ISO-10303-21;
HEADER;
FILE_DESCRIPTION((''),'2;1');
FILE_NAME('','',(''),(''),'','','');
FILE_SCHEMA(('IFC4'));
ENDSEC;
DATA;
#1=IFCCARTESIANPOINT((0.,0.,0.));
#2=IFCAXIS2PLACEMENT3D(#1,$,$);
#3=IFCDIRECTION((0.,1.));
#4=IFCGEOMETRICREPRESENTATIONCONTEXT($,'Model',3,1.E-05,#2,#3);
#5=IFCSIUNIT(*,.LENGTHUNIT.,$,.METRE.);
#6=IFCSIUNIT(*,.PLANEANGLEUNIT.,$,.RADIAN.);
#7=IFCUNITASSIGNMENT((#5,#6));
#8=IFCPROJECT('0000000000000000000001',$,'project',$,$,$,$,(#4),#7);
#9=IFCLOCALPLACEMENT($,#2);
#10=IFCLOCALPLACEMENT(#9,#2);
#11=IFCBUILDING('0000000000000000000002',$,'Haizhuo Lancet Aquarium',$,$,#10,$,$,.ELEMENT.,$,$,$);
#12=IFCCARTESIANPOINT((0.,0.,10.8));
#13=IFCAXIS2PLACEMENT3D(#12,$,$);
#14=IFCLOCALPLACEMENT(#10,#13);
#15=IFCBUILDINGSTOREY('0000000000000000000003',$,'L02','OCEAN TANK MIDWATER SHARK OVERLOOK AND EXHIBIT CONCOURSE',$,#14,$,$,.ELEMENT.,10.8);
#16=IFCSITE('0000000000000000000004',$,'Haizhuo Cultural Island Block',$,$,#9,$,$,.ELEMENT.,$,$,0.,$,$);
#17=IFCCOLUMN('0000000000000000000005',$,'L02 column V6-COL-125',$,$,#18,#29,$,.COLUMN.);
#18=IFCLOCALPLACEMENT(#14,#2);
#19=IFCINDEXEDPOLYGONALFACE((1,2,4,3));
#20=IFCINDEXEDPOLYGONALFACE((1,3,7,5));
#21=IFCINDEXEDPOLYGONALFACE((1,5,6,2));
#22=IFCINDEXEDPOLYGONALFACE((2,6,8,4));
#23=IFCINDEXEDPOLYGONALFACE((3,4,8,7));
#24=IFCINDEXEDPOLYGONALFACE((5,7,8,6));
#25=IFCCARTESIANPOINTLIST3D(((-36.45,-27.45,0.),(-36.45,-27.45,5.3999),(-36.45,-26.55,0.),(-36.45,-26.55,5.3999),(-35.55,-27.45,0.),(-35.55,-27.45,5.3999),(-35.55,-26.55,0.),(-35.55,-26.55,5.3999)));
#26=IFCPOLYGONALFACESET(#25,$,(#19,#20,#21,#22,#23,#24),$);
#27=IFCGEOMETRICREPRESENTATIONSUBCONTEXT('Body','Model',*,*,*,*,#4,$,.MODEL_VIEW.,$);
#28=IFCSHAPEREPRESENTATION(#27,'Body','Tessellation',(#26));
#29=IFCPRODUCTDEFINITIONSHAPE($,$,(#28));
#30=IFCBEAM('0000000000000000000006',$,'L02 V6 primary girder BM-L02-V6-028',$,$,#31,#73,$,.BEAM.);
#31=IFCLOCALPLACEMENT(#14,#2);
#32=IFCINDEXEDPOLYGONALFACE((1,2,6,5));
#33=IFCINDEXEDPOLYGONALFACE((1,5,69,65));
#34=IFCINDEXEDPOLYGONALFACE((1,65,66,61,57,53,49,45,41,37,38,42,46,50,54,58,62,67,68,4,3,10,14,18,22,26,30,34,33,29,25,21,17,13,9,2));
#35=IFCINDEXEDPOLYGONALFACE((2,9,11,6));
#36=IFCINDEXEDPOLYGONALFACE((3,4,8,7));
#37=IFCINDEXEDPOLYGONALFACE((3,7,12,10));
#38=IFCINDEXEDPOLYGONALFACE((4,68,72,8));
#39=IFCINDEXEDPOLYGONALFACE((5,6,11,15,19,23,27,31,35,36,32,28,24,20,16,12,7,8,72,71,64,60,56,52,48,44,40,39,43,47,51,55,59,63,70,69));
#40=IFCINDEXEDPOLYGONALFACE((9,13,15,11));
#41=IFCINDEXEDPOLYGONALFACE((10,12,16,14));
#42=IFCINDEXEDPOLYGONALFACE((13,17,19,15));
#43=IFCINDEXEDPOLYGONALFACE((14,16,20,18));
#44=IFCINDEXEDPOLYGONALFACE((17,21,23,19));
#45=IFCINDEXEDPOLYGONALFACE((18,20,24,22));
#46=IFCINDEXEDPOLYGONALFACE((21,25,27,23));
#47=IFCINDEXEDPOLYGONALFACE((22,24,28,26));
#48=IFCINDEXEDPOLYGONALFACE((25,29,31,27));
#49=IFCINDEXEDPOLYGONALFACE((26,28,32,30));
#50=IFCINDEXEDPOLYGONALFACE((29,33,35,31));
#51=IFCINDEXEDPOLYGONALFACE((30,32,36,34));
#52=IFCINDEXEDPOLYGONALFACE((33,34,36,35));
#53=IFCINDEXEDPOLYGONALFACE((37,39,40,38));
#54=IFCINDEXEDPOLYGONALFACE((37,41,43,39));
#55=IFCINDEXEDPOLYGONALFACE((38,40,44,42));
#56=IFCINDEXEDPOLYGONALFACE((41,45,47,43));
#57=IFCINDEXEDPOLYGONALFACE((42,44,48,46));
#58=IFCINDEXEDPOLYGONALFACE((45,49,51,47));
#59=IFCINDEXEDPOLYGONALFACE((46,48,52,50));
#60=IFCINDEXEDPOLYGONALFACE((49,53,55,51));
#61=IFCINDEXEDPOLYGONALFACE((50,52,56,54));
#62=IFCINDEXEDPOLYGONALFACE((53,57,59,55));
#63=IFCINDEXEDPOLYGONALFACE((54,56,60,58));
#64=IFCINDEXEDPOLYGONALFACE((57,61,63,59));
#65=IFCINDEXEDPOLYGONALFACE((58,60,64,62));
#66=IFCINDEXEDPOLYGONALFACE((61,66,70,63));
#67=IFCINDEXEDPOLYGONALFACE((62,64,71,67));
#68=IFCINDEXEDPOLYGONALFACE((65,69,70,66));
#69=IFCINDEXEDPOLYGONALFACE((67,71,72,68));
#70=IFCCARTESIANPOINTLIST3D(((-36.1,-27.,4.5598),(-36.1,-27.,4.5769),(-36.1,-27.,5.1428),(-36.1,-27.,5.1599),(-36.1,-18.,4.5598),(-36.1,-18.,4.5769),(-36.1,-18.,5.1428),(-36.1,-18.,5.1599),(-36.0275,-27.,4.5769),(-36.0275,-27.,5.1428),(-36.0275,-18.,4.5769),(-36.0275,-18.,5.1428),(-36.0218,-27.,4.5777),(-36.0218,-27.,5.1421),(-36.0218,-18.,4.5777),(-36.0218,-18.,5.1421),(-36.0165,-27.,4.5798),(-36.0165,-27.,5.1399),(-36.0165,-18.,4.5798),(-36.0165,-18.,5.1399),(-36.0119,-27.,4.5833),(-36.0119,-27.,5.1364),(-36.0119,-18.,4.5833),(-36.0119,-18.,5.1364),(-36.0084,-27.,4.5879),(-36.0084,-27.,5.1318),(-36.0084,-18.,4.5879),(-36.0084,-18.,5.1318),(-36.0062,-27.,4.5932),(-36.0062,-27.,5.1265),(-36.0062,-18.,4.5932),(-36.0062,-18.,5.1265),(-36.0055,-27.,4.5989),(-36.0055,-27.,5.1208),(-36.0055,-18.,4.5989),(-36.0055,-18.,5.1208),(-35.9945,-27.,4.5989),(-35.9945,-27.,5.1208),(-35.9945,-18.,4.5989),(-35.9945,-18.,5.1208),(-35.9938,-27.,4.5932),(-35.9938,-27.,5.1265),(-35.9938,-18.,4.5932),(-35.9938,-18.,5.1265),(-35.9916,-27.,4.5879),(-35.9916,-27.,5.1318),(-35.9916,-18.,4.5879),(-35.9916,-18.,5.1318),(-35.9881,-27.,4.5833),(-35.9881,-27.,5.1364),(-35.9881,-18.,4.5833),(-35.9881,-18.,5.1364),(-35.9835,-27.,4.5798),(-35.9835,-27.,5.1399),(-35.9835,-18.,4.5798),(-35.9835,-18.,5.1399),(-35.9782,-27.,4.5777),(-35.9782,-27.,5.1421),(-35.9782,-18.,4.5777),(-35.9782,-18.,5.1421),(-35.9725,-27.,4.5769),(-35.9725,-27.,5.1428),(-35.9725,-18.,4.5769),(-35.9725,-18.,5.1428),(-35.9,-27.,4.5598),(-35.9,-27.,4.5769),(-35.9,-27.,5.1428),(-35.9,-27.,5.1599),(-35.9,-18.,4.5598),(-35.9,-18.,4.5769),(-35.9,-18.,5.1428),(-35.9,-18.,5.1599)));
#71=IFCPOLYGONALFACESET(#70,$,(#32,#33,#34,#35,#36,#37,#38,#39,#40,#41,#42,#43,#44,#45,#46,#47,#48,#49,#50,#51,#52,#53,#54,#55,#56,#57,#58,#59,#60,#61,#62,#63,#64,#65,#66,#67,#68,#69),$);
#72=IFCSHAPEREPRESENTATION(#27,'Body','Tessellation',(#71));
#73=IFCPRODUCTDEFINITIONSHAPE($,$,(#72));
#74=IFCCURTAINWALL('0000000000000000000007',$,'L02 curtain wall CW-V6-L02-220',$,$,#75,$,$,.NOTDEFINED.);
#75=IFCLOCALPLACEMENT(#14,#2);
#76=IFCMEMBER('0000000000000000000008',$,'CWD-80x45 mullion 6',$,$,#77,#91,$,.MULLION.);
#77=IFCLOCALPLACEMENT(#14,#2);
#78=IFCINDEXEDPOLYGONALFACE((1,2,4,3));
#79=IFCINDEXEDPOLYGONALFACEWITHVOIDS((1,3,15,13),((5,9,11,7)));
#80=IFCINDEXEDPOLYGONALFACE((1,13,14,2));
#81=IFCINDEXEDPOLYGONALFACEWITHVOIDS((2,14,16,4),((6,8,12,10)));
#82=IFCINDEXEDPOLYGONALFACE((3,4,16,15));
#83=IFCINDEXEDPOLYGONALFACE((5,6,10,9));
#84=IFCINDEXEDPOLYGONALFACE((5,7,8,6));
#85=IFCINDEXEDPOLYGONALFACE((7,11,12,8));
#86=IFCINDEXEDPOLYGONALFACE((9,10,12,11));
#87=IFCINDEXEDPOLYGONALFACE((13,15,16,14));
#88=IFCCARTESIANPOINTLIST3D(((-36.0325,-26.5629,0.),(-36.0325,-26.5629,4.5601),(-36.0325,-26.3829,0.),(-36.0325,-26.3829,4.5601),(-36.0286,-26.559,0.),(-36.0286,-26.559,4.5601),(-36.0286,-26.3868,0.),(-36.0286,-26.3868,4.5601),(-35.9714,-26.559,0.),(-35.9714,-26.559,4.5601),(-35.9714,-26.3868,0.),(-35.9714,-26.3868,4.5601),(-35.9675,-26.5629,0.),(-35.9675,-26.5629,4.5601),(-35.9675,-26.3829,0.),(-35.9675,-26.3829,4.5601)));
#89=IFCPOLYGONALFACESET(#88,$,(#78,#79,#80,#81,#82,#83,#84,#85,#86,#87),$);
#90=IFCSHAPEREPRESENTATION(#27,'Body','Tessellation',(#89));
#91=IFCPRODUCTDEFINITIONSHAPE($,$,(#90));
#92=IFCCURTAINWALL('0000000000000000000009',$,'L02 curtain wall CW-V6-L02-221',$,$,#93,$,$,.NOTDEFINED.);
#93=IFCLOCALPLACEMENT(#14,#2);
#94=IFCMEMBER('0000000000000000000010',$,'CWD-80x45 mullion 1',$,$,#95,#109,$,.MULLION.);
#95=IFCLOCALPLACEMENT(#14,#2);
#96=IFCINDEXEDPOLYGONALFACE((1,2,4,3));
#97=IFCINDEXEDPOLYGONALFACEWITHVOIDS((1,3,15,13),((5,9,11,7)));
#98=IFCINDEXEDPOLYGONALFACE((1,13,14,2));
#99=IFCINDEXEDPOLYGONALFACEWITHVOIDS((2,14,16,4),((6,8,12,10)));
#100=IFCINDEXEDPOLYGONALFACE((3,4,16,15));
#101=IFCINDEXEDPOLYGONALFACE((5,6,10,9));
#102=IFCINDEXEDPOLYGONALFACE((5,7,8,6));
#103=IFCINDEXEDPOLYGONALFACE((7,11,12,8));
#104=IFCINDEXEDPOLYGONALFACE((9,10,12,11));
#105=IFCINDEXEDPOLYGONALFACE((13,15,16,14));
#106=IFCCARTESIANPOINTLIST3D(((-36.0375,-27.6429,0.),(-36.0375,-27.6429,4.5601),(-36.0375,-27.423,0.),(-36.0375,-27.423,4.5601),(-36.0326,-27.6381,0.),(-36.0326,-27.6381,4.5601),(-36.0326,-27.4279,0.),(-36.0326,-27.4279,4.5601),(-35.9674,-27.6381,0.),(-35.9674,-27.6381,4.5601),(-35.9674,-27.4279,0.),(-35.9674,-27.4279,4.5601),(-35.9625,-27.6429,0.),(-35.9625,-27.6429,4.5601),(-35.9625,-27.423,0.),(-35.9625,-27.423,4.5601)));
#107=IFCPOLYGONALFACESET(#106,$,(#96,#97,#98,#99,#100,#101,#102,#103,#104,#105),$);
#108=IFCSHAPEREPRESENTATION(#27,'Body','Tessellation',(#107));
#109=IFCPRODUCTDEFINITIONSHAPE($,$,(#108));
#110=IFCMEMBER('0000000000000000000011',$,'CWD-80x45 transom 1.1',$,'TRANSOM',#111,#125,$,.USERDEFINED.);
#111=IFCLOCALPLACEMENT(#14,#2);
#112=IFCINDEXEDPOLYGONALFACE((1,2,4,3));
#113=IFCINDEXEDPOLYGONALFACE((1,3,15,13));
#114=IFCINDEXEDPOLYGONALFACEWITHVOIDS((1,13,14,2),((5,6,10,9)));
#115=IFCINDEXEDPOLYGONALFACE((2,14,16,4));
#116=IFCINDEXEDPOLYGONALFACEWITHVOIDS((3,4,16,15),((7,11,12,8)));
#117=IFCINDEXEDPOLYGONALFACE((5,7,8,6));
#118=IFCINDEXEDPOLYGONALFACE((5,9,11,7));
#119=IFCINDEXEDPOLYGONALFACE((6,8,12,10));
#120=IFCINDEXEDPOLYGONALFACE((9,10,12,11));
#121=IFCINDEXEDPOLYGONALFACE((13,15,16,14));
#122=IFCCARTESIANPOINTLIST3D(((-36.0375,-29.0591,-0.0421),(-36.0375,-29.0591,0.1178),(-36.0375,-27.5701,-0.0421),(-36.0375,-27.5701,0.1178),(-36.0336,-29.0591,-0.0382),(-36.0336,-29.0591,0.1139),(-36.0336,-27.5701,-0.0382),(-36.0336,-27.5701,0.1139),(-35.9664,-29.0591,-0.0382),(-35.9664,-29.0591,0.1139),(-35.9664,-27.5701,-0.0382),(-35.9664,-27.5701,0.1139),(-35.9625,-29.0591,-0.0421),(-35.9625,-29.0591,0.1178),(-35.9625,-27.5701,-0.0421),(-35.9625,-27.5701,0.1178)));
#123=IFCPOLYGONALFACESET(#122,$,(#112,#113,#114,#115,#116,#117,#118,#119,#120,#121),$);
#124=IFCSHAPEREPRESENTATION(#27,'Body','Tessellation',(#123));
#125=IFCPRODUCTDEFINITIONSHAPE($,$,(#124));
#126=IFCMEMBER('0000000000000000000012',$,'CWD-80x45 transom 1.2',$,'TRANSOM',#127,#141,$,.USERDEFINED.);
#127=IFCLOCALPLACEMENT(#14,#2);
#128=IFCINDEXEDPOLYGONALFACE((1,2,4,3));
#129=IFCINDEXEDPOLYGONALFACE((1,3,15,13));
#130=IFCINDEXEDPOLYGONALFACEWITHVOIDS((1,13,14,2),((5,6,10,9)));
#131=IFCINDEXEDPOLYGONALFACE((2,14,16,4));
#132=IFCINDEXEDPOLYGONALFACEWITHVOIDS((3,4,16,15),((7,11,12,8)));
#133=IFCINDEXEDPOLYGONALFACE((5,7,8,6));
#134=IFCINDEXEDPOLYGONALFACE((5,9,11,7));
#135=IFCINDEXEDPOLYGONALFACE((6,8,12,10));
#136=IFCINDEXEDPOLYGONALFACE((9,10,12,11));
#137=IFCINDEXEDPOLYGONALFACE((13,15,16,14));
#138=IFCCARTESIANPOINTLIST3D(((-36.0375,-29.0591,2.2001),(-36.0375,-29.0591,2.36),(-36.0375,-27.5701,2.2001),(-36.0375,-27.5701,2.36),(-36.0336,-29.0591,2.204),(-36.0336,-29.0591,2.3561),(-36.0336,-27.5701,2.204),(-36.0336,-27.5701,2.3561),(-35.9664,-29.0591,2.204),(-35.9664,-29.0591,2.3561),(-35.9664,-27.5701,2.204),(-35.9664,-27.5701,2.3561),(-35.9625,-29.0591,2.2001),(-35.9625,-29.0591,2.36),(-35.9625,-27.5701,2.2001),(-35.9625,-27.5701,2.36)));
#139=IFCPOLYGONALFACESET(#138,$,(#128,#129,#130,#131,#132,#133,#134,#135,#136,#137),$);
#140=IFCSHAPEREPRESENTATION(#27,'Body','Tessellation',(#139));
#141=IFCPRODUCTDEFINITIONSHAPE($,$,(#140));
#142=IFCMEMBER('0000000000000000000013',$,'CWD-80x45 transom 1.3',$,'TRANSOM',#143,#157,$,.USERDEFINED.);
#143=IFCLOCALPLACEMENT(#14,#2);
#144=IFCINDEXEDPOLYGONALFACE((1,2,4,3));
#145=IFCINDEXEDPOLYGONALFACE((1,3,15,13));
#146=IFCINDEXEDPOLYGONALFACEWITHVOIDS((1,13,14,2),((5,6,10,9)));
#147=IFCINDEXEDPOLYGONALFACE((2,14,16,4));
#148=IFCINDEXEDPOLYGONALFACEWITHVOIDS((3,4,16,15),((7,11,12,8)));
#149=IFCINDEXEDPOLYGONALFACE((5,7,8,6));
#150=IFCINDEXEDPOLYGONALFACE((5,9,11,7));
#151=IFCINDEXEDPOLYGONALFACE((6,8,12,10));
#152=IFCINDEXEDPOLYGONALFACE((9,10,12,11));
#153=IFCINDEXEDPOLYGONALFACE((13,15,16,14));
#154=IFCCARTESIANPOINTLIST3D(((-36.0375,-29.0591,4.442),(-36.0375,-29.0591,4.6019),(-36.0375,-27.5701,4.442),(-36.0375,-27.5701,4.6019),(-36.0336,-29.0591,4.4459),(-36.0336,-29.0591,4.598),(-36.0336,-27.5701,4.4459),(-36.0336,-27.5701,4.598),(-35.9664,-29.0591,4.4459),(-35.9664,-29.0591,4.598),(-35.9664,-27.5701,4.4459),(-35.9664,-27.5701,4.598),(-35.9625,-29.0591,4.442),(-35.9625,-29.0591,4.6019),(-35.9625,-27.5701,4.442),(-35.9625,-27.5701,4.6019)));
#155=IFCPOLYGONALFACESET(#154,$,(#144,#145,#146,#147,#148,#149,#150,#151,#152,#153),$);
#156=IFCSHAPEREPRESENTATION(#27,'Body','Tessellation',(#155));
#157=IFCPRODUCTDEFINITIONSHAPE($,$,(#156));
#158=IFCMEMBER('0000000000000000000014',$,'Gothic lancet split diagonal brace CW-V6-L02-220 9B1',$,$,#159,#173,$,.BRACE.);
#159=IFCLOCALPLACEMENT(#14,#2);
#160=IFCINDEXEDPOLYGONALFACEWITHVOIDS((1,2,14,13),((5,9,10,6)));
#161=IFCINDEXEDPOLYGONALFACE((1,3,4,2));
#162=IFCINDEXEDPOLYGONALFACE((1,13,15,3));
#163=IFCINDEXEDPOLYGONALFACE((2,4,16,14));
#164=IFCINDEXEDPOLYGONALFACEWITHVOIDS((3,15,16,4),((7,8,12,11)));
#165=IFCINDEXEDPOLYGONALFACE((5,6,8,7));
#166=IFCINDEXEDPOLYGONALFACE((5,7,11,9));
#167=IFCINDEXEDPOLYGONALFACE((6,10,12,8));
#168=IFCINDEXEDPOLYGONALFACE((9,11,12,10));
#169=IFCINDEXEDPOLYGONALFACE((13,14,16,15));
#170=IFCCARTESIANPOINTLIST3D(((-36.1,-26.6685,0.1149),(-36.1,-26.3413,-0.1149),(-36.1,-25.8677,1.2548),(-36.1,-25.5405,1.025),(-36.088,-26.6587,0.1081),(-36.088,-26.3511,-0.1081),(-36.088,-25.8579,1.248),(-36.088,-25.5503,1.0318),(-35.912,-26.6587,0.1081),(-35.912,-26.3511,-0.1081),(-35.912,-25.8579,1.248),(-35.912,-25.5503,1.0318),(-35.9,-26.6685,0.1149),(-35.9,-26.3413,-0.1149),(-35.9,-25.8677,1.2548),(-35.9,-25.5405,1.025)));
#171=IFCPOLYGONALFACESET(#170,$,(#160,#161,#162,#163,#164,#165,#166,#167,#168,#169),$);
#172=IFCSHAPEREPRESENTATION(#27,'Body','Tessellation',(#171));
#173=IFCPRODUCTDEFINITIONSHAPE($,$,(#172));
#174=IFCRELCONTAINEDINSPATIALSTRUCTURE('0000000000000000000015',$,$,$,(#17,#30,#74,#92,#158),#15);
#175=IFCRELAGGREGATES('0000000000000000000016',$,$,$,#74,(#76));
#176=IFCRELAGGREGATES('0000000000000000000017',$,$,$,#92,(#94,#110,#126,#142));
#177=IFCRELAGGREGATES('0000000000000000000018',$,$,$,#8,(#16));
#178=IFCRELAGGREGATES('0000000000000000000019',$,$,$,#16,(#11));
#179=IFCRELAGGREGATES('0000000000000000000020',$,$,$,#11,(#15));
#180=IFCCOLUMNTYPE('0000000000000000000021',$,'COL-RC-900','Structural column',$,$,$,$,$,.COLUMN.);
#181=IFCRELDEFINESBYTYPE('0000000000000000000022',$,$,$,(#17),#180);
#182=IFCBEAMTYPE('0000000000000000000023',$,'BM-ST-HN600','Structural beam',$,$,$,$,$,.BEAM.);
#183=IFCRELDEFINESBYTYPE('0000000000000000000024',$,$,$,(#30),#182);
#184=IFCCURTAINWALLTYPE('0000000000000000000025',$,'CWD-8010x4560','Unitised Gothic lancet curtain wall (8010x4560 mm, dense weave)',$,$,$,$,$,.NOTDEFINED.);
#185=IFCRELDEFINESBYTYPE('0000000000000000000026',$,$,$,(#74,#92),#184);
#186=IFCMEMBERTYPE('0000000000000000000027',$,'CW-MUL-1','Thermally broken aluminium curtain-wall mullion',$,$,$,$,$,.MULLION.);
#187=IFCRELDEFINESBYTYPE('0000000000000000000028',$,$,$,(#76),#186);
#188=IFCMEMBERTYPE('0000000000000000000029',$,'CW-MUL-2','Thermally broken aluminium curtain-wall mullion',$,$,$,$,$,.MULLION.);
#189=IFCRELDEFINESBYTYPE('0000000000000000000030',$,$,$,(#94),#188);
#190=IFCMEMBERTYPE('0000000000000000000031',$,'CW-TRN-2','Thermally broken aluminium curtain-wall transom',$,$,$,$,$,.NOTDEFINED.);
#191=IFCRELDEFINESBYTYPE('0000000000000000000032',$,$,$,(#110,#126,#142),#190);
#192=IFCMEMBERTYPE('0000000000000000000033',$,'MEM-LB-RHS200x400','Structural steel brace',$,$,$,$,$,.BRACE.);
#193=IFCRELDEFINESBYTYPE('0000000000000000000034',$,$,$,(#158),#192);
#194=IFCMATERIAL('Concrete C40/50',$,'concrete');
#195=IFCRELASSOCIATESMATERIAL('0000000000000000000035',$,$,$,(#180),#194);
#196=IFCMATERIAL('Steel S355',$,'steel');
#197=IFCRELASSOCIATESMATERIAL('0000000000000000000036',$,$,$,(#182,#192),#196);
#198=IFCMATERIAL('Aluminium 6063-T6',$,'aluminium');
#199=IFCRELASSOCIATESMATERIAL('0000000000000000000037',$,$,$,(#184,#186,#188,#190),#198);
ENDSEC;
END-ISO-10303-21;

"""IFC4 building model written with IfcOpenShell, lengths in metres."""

from ifc_helpers import new_model, si_unit, direction, frame, origin, origin_2d, place, context, subcontext, project, spatial, rectangle, hollow_rectangle, i_section, extrude, material, material_profile, profile_set, type_object, element, aggregate, save


model = new_model("IFC4")

# Units and contexts
model_context = context("Model", 3, precision=1e-05, world=origin(), true_north=direction((0.0, 1.0)))
body_context = subcontext(model_context, "Body", "Model", "MODEL_VIEW")
ifc_project = project(units=[si_unit("LENGTHUNIT", "METRE"), si_unit("PLANEANGLEUNIT", "RADIAN")], contexts=[model_context])

# Site, building, storey
site_placement = place(None, origin())
site = spatial("IfcSite", under=ifc_project, at=site_placement, Name="Haizhuo Cultural Island Block", CompositionType="ELEMENT", RefElevation=0.0)
building_placement = place(site_placement, origin())
building = spatial("IfcBuilding", under=site, at=building_placement, Name="Haizhuo Lancet Aquarium", CompositionType="ELEMENT")
storey_placement = place(building_placement, frame((0.0, 0.0, 10.8)))
storey = spatial("IfcBuildingStorey", under=building, at=storey_placement, Name="L02", Description="OCEAN TANK MIDWATER SHARK OVERLOOK AND EXHIBIT CONCOURSE", CompositionType="ELEMENT", Elevation=10.8)

# Column
ifc_material_1 = material(Name="Concrete C40/50", Category="concrete")
ifc_material_profile_1 = material_profile(ifc_material_1, rectangle(XDim=0.8999, YDim=0.8999, at=origin_2d()), Name="RC-COL 900x900")
ifc_profile_set_1 = profile_set([ifc_material_profile_1], Name="Concrete C40/50")
column_type = type_object("IfcColumnType", Name="COL-RC-900", Description="Structural column", PredefinedType="COLUMN", material=ifc_profile_set_1)
column_placement = place(storey_placement, frame((-36.0, -27.0, 0.0), z_axis=(0.0, 0.0, 1.0), x_axis=(1.0, 0.0, 0.0)))
element("IfcColumn", 1, at=column_placement, inside=storey, type_object=column_type, Name="L02 column V6-COL-125", PredefinedType="COLUMN", context=body_context, shape_type="SweptSolid", body=[
    extrude(rectangle(XDim=0.8999, YDim=0.8999, at=origin_2d()), origin(), (0.0, 0.0, 1.0), 5.3999),
])

# Beam
ifc_material_2 = material(Name="Steel S355", Category="steel")
ifc_material_profile_2 = material_profile(ifc_material_2, i_section(OverallWidth=0.2, OverallDepth=0.6001, WebThickness=0.011, FlangeThickness=0.0171, FilletRadius=0.022, at=origin_2d()), Name="HN 600x200x11x17")
ifc_profile_set_2 = profile_set([ifc_material_profile_2], Name="Steel S355")
beam_type = type_object("IfcBeamType", Name="BM-ST-HN600", Description="Structural beam", PredefinedType="BEAM", material=ifc_profile_set_2)
beam_placement = place(storey_placement, frame((-36.0, -27.0, 4.8599), z_axis=(0.0, 1.0, 0.0), x_axis=(-1.0, 0.0, 0.0)))
element("IfcBeam", 2, at=beam_placement, inside=storey, type_object=beam_type, Name="L02 V6 primary girder BM-L02-V6-028", PredefinedType="BEAM", context=body_context, shape_type="SweptSolid", body=[
    extrude(i_section(OverallWidth=0.2, OverallDepth=0.6001, WebThickness=0.011, FlangeThickness=0.0171, FilletRadius=0.022, at=origin_2d()), origin(), (0.0, 0.0, 1.0), 9.0),
])

# Curtain wall, member
ifc_material_3 = material(Name="Aluminium 6063-T6", Category="aluminium")
curtain_wall_type = type_object("IfcCurtainWallType", Name="CWD-8010x4560", Description="Unitised Gothic lancet curtain wall (8010x4560 mm, dense weave)", PredefinedType="NOTDEFINED", material=ifc_material_3)
curtain_wall_1_placement = place(storey_placement, origin())
curtain_wall_1 = element("IfcCurtainWall", 3, at=curtain_wall_1_placement, inside=storey, type_object=curtain_wall_type, Name="L02 curtain wall CW-V6-L02-220", PredefinedType="NOTDEFINED")
ifc_material_profile_3 = material_profile(ifc_material_3, hollow_rectangle(XDim=0.0649, YDim=0.1799, WallThickness=0.0039, at=origin_2d()), Name="ALU-M 65x180x4")
ifc_profile_set_3 = profile_set([ifc_material_profile_3], Name="Aluminium 6063-T6")
member_type_1 = type_object("IfcMemberType", Name="CW-MUL-1", Description="Thermally broken aluminium curtain-wall mullion", PredefinedType="MULLION", material=ifc_profile_set_3)
member_1_placement = place(storey_placement, frame((-36.0, -26.4729, 0.0), z_axis=(0.0, 0.0, 1.0), x_axis=(1.0, 0.0, 0.0)))
member_1 = element("IfcMember", 4, at=member_1_placement, type_object=member_type_1, Name="CWD-80x45 mullion 6", PredefinedType="MULLION", context=body_context, shape_type="SweptSolid", body=[
    extrude(hollow_rectangle(XDim=0.0649, YDim=0.1799, WallThickness=0.0039, at=origin_2d()), origin(), (0.0, 0.0, 1.0), 4.5601),
])
aggregate(curtain_wall_1, [member_1])

# Curtain wall, members
curtain_wall_2_placement = place(storey_placement, origin())
curtain_wall_2 = element("IfcCurtainWall", 5, at=curtain_wall_2_placement, inside=storey, type_object=curtain_wall_type, Name="L02 curtain wall CW-V6-L02-221", PredefinedType="NOTDEFINED")
ifc_material_profile_4 = material_profile(ifc_material_3, hollow_rectangle(XDim=0.075, YDim=0.22, WallThickness=0.0049, at=origin_2d()), Name="ALU-M 75x220x5")
ifc_profile_set_4 = profile_set([ifc_material_profile_4], Name="Aluminium 6063-T6")
member_type_2 = type_object("IfcMemberType", Name="CW-MUL-2", Description="Thermally broken aluminium curtain-wall mullion", PredefinedType="MULLION", material=ifc_profile_set_4)
member_2_placement = place(storey_placement, frame((-36.0, -27.533, 0.0), z_axis=(0.0, 0.0, 1.0), x_axis=(1.0, 0.0, 0.0)))
member_2 = element("IfcMember", 6, at=member_2_placement, type_object=member_type_2, Name="CWD-80x45 mullion 1", PredefinedType="MULLION", context=body_context, shape_type="SweptSolid", body=[
    extrude(hollow_rectangle(XDim=0.075, YDim=0.22, WallThickness=0.0049, at=origin_2d()), origin(), (0.0, 0.0, 1.0), 4.5601),
])
ifc_material_profile_5 = material_profile(ifc_material_3, hollow_rectangle(XDim=0.075, YDim=0.1599, WallThickness=0.0039, at=origin_2d()), Name="ALU-T 75x160x4")
ifc_profile_set_5 = profile_set([ifc_material_profile_5], Name="Aluminium 6063-T6")
member_type_3 = type_object("IfcMemberType", Name="CW-TRN-2", Description="Thermally broken aluminium curtain-wall transom", PredefinedType="NOTDEFINED", material=ifc_profile_set_5)
member_3_placement = place(storey_placement, frame((-36.0, -27.5701, 0.0378), z_axis=(0.0, -1.0, 0.0), x_axis=(1.0, 0.0, 0.0)))
member_3 = element("IfcMember", 7, at=member_3_placement, type_object=member_type_3, Name="CWD-80x45 transom 1.1", ObjectType="TRANSOM", PredefinedType="USERDEFINED", context=body_context, shape_type="SweptSolid", body=[
    extrude(hollow_rectangle(XDim=0.075, YDim=0.1599, WallThickness=0.0039, at=origin_2d()), origin(), (0.0, 0.0, 1.0), 1.489),
])
member_4_placement = place(storey_placement, frame((-36.0, -27.5701, 2.28), z_axis=(0.0, -1.0, 0.0), x_axis=(1.0, 0.0, 0.0)))
member_4 = element("IfcMember", 8, at=member_4_placement, type_object=member_type_3, Name="CWD-80x45 transom 1.2", ObjectType="TRANSOM", PredefinedType="USERDEFINED", context=body_context, shape_type="SweptSolid", body=[
    extrude(hollow_rectangle(XDim=0.075, YDim=0.1599, WallThickness=0.0039, at=origin_2d()), origin(), (0.0, 0.0, 1.0), 1.489),
])
member_5_placement = place(storey_placement, frame((-36.0, -27.5701, 4.522), z_axis=(0.0, -1.0, 0.0), x_axis=(1.0, 0.0, 0.0)))
member_5 = element("IfcMember", 9, at=member_5_placement, type_object=member_type_3, Name="CWD-80x45 transom 1.3", ObjectType="TRANSOM", PredefinedType="USERDEFINED", context=body_context, shape_type="SweptSolid", body=[
    extrude(hollow_rectangle(XDim=0.075, YDim=0.1599, WallThickness=0.0039, at=origin_2d()), origin(), (0.0, 0.0, 1.0), 1.489),
])
aggregate(curtain_wall_2, [member_2, member_3, member_4, member_5])

# Member
ifc_material_profile_6 = material_profile(ifc_material_2, hollow_rectangle(XDim=0.2, YDim=0.3999, WallThickness=0.012, at=origin_2d()), Name="RHS 200x400x12")
ifc_profile_set_6 = profile_set([ifc_material_profile_6], Name="Steel S355")
member_type_4 = type_object("IfcMemberType", Name="MEM-LB-RHS200x400", Description="Structural steel brace", PredefinedType="BRACE", material=ifc_profile_set_6)
member_6_placement = place(storey_placement, frame((-36.0, -26.5049, 0.0), z_axis=(0.0, 0.574838, 0.818267), x_axis=(-1.0, 0.0, 0.0)))
element("IfcMember", 10, at=member_6_placement, inside=storey, type_object=member_type_4, Name="Gothic lancet split diagonal brace CW-V6-L02-220 9B1", PredefinedType="BRACE", context=body_context, shape_type="SweptSolid", body=[
    extrude(hollow_rectangle(XDim=0.2, YDim=0.3999, WallThickness=0.012, at=origin_2d()), origin(), (0.0, 0.0, 1.0), 1.3931),
])

save(model, "model.ifc")
